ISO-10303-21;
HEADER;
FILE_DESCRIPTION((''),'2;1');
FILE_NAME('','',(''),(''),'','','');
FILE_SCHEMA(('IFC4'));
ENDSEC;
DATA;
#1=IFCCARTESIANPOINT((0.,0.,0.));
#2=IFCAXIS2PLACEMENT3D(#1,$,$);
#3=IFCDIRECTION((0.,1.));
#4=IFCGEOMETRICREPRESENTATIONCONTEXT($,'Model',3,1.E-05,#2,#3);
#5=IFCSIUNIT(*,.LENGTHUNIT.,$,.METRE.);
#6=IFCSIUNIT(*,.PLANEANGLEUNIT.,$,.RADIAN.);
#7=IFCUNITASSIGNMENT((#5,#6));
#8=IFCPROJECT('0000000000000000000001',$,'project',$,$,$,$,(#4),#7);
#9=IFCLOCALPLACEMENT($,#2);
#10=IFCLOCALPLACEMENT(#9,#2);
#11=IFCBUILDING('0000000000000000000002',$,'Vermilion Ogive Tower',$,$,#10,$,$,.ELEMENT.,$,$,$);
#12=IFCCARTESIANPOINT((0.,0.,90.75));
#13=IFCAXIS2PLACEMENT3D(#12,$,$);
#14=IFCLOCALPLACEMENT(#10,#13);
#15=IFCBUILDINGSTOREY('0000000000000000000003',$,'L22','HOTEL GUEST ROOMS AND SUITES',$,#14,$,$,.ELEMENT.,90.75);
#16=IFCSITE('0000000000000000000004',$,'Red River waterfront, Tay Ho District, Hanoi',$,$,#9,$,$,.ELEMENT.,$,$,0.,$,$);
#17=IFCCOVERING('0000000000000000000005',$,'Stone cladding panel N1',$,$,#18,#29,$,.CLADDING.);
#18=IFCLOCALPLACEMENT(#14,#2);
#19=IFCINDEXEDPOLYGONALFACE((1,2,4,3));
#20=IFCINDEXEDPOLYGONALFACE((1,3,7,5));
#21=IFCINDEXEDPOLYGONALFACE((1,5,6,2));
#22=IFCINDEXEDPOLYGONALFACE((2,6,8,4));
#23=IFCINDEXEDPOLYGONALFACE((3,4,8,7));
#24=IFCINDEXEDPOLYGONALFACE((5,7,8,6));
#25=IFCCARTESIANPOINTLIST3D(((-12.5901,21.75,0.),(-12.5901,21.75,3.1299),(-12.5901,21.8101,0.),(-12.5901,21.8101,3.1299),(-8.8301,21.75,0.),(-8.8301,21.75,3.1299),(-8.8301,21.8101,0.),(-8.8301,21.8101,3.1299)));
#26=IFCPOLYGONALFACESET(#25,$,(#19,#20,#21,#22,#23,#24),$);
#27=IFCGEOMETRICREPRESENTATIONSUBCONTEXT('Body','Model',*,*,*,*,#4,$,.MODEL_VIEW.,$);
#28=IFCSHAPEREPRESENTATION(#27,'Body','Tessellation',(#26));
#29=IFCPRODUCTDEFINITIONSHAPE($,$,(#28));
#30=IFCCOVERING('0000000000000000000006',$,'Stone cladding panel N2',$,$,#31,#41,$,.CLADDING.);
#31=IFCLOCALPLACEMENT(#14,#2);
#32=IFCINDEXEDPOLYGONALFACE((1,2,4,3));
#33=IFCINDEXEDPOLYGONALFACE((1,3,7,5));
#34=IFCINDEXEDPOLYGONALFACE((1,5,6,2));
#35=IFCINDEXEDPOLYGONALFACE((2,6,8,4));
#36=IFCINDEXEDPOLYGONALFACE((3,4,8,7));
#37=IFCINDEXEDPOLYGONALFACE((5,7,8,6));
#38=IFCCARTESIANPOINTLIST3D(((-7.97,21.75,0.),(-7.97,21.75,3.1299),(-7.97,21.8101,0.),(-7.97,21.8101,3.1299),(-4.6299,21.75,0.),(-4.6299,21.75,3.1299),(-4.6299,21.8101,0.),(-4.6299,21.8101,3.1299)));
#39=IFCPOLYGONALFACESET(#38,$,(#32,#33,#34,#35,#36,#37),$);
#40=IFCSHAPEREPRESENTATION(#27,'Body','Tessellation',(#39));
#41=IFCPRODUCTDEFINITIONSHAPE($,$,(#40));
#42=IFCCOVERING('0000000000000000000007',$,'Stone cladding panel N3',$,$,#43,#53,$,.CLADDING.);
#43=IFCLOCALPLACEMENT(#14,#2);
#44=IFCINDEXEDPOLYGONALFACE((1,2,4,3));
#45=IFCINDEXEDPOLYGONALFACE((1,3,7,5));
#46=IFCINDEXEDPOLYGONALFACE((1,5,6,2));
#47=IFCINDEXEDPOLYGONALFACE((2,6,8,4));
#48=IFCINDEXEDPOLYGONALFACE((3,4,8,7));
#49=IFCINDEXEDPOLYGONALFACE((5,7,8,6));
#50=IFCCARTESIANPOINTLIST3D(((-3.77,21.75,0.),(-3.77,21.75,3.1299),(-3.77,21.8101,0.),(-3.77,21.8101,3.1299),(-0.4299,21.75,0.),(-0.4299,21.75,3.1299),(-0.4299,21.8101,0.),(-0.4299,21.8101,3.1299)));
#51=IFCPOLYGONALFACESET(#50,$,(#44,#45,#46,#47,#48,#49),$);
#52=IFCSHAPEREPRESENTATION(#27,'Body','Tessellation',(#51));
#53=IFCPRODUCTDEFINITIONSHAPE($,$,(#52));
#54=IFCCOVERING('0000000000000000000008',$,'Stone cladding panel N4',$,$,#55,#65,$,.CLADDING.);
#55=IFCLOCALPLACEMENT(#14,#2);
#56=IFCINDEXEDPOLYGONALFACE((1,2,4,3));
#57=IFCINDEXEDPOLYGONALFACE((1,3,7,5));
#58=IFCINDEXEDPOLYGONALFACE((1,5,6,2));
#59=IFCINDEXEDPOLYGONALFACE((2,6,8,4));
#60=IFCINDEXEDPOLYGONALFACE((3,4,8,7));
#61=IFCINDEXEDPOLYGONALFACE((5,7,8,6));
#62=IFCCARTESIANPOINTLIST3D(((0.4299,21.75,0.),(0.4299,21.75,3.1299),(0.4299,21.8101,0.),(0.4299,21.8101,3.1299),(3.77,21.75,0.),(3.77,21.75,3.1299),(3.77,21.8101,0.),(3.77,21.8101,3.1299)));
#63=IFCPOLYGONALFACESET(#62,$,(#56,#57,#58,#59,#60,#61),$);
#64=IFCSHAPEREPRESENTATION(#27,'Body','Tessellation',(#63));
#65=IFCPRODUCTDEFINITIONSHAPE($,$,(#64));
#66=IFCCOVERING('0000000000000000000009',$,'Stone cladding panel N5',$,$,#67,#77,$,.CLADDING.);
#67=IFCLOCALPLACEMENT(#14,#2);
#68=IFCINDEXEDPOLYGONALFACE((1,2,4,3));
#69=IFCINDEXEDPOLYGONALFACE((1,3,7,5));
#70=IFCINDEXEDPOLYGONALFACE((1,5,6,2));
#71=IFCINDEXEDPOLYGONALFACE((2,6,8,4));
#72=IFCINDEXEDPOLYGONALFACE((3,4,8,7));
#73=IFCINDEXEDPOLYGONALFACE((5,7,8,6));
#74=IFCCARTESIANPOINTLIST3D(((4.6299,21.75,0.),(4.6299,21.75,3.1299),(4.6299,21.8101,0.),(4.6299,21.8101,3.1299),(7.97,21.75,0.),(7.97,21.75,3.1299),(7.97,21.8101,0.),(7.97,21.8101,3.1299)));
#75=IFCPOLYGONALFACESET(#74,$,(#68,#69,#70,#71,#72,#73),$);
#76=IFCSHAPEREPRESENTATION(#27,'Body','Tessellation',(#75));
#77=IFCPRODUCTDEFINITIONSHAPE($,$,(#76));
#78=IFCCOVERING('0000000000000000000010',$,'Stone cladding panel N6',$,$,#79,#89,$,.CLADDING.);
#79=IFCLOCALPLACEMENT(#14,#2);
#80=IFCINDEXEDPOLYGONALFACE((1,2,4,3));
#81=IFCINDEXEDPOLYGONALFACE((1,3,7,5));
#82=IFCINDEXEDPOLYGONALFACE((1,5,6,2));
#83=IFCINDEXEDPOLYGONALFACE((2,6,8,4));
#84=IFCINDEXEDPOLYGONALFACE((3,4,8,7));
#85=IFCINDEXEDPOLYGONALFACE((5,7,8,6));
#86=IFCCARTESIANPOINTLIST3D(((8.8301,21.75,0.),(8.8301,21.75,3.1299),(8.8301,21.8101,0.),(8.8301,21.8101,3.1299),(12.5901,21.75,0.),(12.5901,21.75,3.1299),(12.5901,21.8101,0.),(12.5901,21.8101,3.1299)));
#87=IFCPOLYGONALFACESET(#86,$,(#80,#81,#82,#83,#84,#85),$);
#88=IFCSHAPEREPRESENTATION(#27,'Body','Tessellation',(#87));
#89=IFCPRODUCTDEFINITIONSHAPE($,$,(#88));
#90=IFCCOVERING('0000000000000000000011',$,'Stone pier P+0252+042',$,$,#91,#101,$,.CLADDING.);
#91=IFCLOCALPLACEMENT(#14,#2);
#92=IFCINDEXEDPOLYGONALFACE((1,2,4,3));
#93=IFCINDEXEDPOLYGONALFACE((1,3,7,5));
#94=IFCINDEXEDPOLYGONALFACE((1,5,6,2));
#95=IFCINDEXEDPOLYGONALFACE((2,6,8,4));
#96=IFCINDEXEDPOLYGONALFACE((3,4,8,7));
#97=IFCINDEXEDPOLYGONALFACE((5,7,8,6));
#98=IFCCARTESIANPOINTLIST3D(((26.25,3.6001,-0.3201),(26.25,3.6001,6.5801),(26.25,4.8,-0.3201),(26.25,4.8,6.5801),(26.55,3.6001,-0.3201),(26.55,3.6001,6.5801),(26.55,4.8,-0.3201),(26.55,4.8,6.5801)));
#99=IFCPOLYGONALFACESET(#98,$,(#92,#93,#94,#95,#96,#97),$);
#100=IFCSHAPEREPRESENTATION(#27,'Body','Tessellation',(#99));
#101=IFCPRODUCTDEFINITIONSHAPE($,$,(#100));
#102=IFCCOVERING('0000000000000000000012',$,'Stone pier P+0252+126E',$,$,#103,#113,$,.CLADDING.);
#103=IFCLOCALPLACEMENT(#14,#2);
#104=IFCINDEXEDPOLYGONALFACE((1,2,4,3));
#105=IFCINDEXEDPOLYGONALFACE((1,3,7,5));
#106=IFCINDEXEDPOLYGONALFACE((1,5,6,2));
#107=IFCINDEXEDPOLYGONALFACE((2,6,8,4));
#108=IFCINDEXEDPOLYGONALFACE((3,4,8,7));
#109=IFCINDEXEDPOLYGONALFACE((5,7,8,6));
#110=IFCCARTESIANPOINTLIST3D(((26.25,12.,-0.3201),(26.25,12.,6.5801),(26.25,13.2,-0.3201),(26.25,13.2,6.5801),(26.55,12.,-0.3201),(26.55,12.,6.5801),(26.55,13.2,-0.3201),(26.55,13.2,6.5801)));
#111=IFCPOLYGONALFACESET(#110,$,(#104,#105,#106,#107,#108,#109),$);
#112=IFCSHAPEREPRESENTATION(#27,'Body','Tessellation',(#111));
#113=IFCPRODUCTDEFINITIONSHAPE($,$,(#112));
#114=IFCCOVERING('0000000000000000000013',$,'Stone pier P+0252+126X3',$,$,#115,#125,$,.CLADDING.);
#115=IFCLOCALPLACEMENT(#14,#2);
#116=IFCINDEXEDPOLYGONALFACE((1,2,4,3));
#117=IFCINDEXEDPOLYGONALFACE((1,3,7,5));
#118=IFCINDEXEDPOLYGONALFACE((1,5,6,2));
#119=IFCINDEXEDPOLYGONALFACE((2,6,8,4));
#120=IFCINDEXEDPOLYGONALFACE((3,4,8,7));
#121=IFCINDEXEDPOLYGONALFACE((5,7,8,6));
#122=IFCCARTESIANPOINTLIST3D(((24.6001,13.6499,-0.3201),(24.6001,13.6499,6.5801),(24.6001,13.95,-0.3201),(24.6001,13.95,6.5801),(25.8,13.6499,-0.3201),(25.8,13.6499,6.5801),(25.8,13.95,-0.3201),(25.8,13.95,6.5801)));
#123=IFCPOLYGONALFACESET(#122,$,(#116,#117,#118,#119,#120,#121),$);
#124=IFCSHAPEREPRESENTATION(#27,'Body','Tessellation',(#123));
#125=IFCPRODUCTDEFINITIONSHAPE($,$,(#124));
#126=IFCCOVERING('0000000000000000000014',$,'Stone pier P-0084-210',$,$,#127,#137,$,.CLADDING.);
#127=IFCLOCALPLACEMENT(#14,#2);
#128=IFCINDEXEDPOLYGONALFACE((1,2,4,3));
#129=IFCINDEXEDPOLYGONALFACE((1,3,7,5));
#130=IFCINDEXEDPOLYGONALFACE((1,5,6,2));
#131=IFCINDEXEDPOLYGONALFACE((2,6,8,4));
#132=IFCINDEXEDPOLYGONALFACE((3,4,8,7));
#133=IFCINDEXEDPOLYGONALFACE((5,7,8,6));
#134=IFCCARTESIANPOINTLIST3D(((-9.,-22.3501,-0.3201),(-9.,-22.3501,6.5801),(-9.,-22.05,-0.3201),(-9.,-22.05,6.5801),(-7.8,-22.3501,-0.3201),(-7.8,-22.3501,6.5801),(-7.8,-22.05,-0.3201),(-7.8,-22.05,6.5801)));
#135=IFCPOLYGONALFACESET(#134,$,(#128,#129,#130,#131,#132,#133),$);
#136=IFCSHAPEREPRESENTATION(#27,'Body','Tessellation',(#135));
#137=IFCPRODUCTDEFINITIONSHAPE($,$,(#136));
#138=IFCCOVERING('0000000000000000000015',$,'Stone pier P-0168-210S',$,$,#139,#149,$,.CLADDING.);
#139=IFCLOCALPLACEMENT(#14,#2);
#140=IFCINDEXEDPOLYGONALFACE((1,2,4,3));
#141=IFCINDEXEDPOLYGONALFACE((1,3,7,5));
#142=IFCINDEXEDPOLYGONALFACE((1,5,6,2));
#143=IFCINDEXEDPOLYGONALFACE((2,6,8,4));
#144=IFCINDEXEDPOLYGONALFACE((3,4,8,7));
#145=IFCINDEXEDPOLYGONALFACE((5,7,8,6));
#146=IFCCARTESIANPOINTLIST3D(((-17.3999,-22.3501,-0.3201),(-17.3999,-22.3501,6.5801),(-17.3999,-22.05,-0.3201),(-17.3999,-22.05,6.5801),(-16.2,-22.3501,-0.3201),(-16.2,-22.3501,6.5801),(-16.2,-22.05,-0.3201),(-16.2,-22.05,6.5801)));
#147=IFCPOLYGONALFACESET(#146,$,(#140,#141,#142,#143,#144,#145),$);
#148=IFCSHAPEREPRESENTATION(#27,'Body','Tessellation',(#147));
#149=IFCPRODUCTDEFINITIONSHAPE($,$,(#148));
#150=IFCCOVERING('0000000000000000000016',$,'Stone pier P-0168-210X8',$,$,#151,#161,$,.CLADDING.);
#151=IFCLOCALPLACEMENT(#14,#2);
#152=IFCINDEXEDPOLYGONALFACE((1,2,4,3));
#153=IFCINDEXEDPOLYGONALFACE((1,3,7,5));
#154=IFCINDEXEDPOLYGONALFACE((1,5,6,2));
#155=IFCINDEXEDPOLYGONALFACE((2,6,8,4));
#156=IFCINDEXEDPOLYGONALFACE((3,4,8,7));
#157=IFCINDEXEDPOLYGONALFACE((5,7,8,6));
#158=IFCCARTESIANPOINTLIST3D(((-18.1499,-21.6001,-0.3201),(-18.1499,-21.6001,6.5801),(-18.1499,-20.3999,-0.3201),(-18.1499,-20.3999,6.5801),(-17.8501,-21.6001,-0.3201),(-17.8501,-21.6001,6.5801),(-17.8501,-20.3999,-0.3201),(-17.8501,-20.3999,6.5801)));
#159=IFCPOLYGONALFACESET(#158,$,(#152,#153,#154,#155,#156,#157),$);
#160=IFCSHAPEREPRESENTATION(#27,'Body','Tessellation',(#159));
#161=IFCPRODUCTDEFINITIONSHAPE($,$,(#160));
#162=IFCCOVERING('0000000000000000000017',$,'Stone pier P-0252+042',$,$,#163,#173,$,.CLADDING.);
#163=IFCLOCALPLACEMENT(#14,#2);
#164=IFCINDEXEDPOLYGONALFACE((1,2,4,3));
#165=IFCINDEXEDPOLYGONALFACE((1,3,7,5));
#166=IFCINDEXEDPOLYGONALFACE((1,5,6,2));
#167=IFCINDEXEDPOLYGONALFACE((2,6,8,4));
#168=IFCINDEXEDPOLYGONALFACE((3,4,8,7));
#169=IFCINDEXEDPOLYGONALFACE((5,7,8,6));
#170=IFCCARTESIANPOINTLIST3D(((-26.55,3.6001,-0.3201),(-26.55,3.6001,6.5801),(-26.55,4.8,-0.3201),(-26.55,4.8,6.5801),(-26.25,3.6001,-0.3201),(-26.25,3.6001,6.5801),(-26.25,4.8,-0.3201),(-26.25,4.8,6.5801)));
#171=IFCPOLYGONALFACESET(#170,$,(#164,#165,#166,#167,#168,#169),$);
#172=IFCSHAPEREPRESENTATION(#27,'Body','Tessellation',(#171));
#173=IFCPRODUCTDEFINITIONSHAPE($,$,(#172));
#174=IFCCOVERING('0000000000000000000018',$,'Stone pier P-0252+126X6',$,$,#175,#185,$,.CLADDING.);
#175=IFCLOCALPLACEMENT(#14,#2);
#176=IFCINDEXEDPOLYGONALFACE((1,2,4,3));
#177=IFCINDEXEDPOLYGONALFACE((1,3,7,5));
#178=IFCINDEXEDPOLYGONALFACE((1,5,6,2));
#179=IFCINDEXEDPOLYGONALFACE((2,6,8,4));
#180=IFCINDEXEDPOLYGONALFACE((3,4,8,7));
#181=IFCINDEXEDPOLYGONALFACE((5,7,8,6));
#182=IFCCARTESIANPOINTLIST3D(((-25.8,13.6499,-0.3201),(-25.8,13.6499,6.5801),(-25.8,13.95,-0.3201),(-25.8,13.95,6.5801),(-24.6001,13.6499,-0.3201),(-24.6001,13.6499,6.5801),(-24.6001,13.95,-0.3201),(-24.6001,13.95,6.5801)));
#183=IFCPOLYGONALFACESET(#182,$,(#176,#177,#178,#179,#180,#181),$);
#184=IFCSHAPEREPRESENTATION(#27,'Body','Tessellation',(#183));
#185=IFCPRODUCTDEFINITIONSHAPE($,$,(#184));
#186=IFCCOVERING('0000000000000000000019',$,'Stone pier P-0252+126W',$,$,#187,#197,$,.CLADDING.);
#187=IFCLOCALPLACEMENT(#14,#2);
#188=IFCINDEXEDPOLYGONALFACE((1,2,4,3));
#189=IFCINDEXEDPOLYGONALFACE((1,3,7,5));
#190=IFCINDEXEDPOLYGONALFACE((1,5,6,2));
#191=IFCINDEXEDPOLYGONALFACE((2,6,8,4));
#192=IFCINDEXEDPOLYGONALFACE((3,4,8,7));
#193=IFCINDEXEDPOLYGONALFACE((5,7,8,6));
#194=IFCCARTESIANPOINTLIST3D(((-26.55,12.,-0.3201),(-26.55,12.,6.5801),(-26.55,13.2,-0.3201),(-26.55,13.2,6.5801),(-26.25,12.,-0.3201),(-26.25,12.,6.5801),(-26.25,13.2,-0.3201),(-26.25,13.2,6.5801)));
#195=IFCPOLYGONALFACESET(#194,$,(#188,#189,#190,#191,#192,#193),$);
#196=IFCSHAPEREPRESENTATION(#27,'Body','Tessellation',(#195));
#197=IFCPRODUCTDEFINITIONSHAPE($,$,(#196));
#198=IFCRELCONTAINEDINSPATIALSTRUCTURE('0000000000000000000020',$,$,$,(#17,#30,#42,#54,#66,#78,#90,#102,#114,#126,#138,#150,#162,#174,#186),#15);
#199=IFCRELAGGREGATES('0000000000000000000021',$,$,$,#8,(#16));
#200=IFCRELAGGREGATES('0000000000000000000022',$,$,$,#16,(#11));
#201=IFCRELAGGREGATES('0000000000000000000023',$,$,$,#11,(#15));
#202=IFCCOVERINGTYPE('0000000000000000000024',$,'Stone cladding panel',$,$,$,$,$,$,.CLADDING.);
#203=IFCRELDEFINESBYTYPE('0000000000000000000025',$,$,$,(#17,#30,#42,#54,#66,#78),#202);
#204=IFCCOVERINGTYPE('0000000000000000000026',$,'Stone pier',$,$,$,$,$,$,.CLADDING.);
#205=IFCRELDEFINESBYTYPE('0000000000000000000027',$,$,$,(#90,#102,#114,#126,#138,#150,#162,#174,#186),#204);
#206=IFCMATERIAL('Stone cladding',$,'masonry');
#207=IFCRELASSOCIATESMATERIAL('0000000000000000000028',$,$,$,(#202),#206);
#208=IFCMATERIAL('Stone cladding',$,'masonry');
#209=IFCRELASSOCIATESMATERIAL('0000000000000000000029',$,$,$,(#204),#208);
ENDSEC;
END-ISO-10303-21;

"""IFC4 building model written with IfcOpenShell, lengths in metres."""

from ifc_helpers import new_model, si_unit, direction, frame, origin, place, context, subcontext, project, spatial, polyline, outline, extrude, material, type_object, element, save


model = new_model("IFC4")

# Units and contexts
model_context = context("Model", 3, precision=1e-05, world=origin(), true_north=direction((0.0, 1.0)))
body_context = subcontext(model_context, "Body", "Model", "MODEL_VIEW")
ifc_project = project(units=[si_unit("LENGTHUNIT", "METRE"), si_unit("PLANEANGLEUNIT", "RADIAN")], contexts=[model_context])

# Site, building, storey
site_placement = place(None, origin())
site = spatial("IfcSite", under=ifc_project, at=site_placement, Name="Red River waterfront, Tay Ho District, Hanoi", CompositionType="ELEMENT", RefElevation=0.0)
building_placement = place(site_placement, origin())
building = spatial("IfcBuilding", under=site, at=building_placement, Name="Vermilion Ogive Tower", CompositionType="ELEMENT")
storey_placement = place(building_placement, frame((0.0, 0.0, 90.75)))
storey = spatial("IfcBuildingStorey", under=building, at=storey_placement, Name="L22", Description="HOTEL GUEST ROOMS AND SUITES", CompositionType="ELEMENT", Elevation=90.75)

# Coverings
ifc_material_1 = material(Name="Stone cladding", Category="masonry")
covering_type_1 = type_object("IfcCoveringType", Name="Stone cladding panel", PredefinedType="CLADDING", material=ifc_material_1)
covering_1_placement = place(storey_placement, origin())
element("IfcCovering", 1, at=covering_1_placement, inside=storey, type_object=covering_type_1, Name="Stone cladding panel N1", PredefinedType="CLADDING", context=body_context, shape_type="SweptSolid", body=[
    extrude(outline(polyline([(-12.5901, 21.75), (-8.8301, 21.75), (-8.8301, 21.8101), (-12.5901, 21.8101), (-12.5901, 21.75)])), origin(), (0.0, 0.0, 1.0), 3.1299),
])
covering_2_placement = place(storey_placement, origin())
element("IfcCovering", 2, at=covering_2_placement, inside=storey, type_object=covering_type_1, Name="Stone cladding panel N2", PredefinedType="CLADDING", context=body_context, shape_type="SweptSolid", body=[
    extrude(outline(polyline([(-7.97, 21.75), (-4.6299, 21.75), (-4.6299, 21.8101), (-7.97, 21.8101), (-7.97, 21.75)])), origin(), (0.0, 0.0, 1.0), 3.1299),
])
covering_3_placement = place(storey_placement, origin())
element("IfcCovering", 3, at=covering_3_placement, inside=storey, type_object=covering_type_1, Name="Stone cladding panel N3", PredefinedType="CLADDING", context=body_context, shape_type="SweptSolid", body=[
    extrude(outline(polyline([(-3.77, 21.75), (-0.4299, 21.75), (-0.4299, 21.8101), (-3.77, 21.8101), (-3.77, 21.75)])), origin(), (0.0, 0.0, 1.0), 3.1299),
])
covering_4_placement = place(storey_placement, origin())
element("IfcCovering", 4, at=covering_4_placement, inside=storey, type_object=covering_type_1, Name="Stone cladding panel N4", PredefinedType="CLADDING", context=body_context, shape_type="SweptSolid", body=[
    extrude(outline(polyline([(0.4299, 21.75), (3.77, 21.75), (3.77, 21.8101), (0.4299, 21.8101), (0.4299, 21.75)])), origin(), (0.0, 0.0, 1.0), 3.1299),
])
covering_5_placement = place(storey_placement, origin())
element("IfcCovering", 5, at=covering_5_placement, inside=storey, type_object=covering_type_1, Name="Stone cladding panel N5", PredefinedType="CLADDING", context=body_context, shape_type="SweptSolid", body=[
    extrude(outline(polyline([(4.6299, 21.75), (7.97, 21.75), (7.97, 21.8101), (4.6299, 21.8101), (4.6299, 21.75)])), origin(), (0.0, 0.0, 1.0), 3.1299),
])
covering_6_placement = place(storey_placement, origin())
element("IfcCovering", 6, at=covering_6_placement, inside=storey, type_object=covering_type_1, Name="Stone cladding panel N6", PredefinedType="CLADDING", context=body_context, shape_type="SweptSolid", body=[
    extrude(outline(polyline([(8.8301, 21.75), (12.5901, 21.75), (12.5901, 21.8101), (8.8301, 21.8101), (8.8301, 21.75)])), origin(), (0.0, 0.0, 1.0), 3.1299),
])
ifc_material_2 = material(Name="Stone cladding", Category="masonry")
covering_type_2 = type_object("IfcCoveringType", Name="Stone pier", PredefinedType="CLADDING", material=ifc_material_2)
covering_7_placement = place(storey_placement, frame((0.0, 0.0, -0.3201)))
element("IfcCovering", 7, at=covering_7_placement, inside=storey, type_object=covering_type_2, Name="Stone pier P+0252+042", PredefinedType="CLADDING", context=body_context, shape_type="SweptSolid", body=[
    extrude(outline(polyline([(26.55, 4.8), (26.55, 3.6001), (26.25, 3.6001), (26.25, 4.8), (26.55, 4.8)])), origin(), (0.0, 0.0, 1.0), 6.9001),
])
covering_8_placement = place(storey_placement, frame((0.0, 0.0, -0.3201)))
element("IfcCovering", 8, at=covering_8_placement, inside=storey, type_object=covering_type_2, Name="Stone pier P+0252+126E", PredefinedType="CLADDING", context=body_context, shape_type="SweptSolid", body=[
    extrude(outline(polyline([(26.55, 13.2), (26.55, 12.0), (26.25, 12.0), (26.25, 13.2), (26.55, 13.2)])), origin(), (0.0, 0.0, 1.0), 6.9001),
])
covering_9_placement = place(storey_placement, frame((0.0, 0.0, -0.3201)))
element("IfcCovering", 9, at=covering_9_placement, inside=storey, type_object=covering_type_2, Name="Stone pier P+0252+126X3", PredefinedType="CLADDING", context=body_context, shape_type="SweptSolid", body=[
    extrude(outline(polyline([(25.8, 13.95), (25.8, 13.6499), (24.6001, 13.6499), (24.6001, 13.95), (25.8, 13.95)])), origin(), (0.0, 0.0, 1.0), 6.9001),
])
covering_10_placement = place(storey_placement, frame((0.0, 0.0, -0.3201)))
element("IfcCovering", 10, at=covering_10_placement, inside=storey, type_object=covering_type_2, Name="Stone pier P-0084-210", PredefinedType="CLADDING", context=body_context, shape_type="SweptSolid", body=[
    extrude(outline(polyline([(-7.8, -22.3501), (-9.0, -22.3501), (-9.0, -22.05), (-7.8, -22.05), (-7.8, -22.3501)])), origin(), (0.0, 0.0, 1.0), 6.9001),
])
covering_11_placement = place(storey_placement, frame((0.0, 0.0, -0.3201)))
element("IfcCovering", 11, at=covering_11_placement, inside=storey, type_object=covering_type_2, Name="Stone pier P-0168-210S", PredefinedType="CLADDING", context=body_context, shape_type="SweptSolid", body=[
    extrude(outline(polyline([(-16.2, -22.3501), (-17.3999, -22.3501), (-17.3999, -22.05), (-16.2, -22.05), (-16.2, -22.3501)])), origin(), (0.0, 0.0, 1.0), 6.9001),
])
covering_12_placement = place(storey_placement, frame((0.0, 0.0, -0.3201)))
element("IfcCovering", 12, at=covering_12_placement, inside=storey, type_object=covering_type_2, Name="Stone pier P-0168-210X8", PredefinedType="CLADDING", context=body_context, shape_type="SweptSolid", body=[
    extrude(outline(polyline([(-18.1499, -20.3999), (-17.8501, -20.3999), (-17.8501, -21.6001), (-18.1499, -21.6001), (-18.1499, -20.3999)])), origin(), (0.0, 0.0, 1.0), 6.9001),
])
covering_13_placement = place(storey_placement, frame((0.0, 0.0, -0.3201)))
element("IfcCovering", 13, at=covering_13_placement, inside=storey, type_object=covering_type_2, Name="Stone pier P-0252+042", PredefinedType="CLADDING", context=body_context, shape_type="SweptSolid", body=[
    extrude(outline(polyline([(-26.55, 3.6001), (-26.55, 4.8), (-26.25, 4.8), (-26.25, 3.6001), (-26.55, 3.6001)])), origin(), (0.0, 0.0, 1.0), 6.9001),
])
covering_14_placement = place(storey_placement, frame((0.0, 0.0, -0.3201)))
element("IfcCovering", 14, at=covering_14_placement, inside=storey, type_object=covering_type_2, Name="Stone pier P-0252+126X6", PredefinedType="CLADDING", context=body_context, shape_type="SweptSolid", body=[
    extrude(outline(polyline([(-25.8, 13.95), (-24.6001, 13.95), (-24.6001, 13.6499), (-25.8, 13.6499), (-25.8, 13.95)])), origin(), (0.0, 0.0, 1.0), 6.9001),
])
covering_15_placement = place(storey_placement, frame((0.0, 0.0, -0.3201)))
element("IfcCovering", 15, at=covering_15_placement, inside=storey, type_object=covering_type_2, Name="Stone pier P-0252+126W", PredefinedType="CLADDING", context=body_context, shape_type="SweptSolid", body=[
    extrude(outline(polyline([(-26.55, 13.2), (-26.25, 13.2), (-26.25, 12.0), (-26.55, 12.0), (-26.55, 13.2)])), origin(), (0.0, 0.0, 1.0), 6.9001),
])

save(model, "model.ifc")
